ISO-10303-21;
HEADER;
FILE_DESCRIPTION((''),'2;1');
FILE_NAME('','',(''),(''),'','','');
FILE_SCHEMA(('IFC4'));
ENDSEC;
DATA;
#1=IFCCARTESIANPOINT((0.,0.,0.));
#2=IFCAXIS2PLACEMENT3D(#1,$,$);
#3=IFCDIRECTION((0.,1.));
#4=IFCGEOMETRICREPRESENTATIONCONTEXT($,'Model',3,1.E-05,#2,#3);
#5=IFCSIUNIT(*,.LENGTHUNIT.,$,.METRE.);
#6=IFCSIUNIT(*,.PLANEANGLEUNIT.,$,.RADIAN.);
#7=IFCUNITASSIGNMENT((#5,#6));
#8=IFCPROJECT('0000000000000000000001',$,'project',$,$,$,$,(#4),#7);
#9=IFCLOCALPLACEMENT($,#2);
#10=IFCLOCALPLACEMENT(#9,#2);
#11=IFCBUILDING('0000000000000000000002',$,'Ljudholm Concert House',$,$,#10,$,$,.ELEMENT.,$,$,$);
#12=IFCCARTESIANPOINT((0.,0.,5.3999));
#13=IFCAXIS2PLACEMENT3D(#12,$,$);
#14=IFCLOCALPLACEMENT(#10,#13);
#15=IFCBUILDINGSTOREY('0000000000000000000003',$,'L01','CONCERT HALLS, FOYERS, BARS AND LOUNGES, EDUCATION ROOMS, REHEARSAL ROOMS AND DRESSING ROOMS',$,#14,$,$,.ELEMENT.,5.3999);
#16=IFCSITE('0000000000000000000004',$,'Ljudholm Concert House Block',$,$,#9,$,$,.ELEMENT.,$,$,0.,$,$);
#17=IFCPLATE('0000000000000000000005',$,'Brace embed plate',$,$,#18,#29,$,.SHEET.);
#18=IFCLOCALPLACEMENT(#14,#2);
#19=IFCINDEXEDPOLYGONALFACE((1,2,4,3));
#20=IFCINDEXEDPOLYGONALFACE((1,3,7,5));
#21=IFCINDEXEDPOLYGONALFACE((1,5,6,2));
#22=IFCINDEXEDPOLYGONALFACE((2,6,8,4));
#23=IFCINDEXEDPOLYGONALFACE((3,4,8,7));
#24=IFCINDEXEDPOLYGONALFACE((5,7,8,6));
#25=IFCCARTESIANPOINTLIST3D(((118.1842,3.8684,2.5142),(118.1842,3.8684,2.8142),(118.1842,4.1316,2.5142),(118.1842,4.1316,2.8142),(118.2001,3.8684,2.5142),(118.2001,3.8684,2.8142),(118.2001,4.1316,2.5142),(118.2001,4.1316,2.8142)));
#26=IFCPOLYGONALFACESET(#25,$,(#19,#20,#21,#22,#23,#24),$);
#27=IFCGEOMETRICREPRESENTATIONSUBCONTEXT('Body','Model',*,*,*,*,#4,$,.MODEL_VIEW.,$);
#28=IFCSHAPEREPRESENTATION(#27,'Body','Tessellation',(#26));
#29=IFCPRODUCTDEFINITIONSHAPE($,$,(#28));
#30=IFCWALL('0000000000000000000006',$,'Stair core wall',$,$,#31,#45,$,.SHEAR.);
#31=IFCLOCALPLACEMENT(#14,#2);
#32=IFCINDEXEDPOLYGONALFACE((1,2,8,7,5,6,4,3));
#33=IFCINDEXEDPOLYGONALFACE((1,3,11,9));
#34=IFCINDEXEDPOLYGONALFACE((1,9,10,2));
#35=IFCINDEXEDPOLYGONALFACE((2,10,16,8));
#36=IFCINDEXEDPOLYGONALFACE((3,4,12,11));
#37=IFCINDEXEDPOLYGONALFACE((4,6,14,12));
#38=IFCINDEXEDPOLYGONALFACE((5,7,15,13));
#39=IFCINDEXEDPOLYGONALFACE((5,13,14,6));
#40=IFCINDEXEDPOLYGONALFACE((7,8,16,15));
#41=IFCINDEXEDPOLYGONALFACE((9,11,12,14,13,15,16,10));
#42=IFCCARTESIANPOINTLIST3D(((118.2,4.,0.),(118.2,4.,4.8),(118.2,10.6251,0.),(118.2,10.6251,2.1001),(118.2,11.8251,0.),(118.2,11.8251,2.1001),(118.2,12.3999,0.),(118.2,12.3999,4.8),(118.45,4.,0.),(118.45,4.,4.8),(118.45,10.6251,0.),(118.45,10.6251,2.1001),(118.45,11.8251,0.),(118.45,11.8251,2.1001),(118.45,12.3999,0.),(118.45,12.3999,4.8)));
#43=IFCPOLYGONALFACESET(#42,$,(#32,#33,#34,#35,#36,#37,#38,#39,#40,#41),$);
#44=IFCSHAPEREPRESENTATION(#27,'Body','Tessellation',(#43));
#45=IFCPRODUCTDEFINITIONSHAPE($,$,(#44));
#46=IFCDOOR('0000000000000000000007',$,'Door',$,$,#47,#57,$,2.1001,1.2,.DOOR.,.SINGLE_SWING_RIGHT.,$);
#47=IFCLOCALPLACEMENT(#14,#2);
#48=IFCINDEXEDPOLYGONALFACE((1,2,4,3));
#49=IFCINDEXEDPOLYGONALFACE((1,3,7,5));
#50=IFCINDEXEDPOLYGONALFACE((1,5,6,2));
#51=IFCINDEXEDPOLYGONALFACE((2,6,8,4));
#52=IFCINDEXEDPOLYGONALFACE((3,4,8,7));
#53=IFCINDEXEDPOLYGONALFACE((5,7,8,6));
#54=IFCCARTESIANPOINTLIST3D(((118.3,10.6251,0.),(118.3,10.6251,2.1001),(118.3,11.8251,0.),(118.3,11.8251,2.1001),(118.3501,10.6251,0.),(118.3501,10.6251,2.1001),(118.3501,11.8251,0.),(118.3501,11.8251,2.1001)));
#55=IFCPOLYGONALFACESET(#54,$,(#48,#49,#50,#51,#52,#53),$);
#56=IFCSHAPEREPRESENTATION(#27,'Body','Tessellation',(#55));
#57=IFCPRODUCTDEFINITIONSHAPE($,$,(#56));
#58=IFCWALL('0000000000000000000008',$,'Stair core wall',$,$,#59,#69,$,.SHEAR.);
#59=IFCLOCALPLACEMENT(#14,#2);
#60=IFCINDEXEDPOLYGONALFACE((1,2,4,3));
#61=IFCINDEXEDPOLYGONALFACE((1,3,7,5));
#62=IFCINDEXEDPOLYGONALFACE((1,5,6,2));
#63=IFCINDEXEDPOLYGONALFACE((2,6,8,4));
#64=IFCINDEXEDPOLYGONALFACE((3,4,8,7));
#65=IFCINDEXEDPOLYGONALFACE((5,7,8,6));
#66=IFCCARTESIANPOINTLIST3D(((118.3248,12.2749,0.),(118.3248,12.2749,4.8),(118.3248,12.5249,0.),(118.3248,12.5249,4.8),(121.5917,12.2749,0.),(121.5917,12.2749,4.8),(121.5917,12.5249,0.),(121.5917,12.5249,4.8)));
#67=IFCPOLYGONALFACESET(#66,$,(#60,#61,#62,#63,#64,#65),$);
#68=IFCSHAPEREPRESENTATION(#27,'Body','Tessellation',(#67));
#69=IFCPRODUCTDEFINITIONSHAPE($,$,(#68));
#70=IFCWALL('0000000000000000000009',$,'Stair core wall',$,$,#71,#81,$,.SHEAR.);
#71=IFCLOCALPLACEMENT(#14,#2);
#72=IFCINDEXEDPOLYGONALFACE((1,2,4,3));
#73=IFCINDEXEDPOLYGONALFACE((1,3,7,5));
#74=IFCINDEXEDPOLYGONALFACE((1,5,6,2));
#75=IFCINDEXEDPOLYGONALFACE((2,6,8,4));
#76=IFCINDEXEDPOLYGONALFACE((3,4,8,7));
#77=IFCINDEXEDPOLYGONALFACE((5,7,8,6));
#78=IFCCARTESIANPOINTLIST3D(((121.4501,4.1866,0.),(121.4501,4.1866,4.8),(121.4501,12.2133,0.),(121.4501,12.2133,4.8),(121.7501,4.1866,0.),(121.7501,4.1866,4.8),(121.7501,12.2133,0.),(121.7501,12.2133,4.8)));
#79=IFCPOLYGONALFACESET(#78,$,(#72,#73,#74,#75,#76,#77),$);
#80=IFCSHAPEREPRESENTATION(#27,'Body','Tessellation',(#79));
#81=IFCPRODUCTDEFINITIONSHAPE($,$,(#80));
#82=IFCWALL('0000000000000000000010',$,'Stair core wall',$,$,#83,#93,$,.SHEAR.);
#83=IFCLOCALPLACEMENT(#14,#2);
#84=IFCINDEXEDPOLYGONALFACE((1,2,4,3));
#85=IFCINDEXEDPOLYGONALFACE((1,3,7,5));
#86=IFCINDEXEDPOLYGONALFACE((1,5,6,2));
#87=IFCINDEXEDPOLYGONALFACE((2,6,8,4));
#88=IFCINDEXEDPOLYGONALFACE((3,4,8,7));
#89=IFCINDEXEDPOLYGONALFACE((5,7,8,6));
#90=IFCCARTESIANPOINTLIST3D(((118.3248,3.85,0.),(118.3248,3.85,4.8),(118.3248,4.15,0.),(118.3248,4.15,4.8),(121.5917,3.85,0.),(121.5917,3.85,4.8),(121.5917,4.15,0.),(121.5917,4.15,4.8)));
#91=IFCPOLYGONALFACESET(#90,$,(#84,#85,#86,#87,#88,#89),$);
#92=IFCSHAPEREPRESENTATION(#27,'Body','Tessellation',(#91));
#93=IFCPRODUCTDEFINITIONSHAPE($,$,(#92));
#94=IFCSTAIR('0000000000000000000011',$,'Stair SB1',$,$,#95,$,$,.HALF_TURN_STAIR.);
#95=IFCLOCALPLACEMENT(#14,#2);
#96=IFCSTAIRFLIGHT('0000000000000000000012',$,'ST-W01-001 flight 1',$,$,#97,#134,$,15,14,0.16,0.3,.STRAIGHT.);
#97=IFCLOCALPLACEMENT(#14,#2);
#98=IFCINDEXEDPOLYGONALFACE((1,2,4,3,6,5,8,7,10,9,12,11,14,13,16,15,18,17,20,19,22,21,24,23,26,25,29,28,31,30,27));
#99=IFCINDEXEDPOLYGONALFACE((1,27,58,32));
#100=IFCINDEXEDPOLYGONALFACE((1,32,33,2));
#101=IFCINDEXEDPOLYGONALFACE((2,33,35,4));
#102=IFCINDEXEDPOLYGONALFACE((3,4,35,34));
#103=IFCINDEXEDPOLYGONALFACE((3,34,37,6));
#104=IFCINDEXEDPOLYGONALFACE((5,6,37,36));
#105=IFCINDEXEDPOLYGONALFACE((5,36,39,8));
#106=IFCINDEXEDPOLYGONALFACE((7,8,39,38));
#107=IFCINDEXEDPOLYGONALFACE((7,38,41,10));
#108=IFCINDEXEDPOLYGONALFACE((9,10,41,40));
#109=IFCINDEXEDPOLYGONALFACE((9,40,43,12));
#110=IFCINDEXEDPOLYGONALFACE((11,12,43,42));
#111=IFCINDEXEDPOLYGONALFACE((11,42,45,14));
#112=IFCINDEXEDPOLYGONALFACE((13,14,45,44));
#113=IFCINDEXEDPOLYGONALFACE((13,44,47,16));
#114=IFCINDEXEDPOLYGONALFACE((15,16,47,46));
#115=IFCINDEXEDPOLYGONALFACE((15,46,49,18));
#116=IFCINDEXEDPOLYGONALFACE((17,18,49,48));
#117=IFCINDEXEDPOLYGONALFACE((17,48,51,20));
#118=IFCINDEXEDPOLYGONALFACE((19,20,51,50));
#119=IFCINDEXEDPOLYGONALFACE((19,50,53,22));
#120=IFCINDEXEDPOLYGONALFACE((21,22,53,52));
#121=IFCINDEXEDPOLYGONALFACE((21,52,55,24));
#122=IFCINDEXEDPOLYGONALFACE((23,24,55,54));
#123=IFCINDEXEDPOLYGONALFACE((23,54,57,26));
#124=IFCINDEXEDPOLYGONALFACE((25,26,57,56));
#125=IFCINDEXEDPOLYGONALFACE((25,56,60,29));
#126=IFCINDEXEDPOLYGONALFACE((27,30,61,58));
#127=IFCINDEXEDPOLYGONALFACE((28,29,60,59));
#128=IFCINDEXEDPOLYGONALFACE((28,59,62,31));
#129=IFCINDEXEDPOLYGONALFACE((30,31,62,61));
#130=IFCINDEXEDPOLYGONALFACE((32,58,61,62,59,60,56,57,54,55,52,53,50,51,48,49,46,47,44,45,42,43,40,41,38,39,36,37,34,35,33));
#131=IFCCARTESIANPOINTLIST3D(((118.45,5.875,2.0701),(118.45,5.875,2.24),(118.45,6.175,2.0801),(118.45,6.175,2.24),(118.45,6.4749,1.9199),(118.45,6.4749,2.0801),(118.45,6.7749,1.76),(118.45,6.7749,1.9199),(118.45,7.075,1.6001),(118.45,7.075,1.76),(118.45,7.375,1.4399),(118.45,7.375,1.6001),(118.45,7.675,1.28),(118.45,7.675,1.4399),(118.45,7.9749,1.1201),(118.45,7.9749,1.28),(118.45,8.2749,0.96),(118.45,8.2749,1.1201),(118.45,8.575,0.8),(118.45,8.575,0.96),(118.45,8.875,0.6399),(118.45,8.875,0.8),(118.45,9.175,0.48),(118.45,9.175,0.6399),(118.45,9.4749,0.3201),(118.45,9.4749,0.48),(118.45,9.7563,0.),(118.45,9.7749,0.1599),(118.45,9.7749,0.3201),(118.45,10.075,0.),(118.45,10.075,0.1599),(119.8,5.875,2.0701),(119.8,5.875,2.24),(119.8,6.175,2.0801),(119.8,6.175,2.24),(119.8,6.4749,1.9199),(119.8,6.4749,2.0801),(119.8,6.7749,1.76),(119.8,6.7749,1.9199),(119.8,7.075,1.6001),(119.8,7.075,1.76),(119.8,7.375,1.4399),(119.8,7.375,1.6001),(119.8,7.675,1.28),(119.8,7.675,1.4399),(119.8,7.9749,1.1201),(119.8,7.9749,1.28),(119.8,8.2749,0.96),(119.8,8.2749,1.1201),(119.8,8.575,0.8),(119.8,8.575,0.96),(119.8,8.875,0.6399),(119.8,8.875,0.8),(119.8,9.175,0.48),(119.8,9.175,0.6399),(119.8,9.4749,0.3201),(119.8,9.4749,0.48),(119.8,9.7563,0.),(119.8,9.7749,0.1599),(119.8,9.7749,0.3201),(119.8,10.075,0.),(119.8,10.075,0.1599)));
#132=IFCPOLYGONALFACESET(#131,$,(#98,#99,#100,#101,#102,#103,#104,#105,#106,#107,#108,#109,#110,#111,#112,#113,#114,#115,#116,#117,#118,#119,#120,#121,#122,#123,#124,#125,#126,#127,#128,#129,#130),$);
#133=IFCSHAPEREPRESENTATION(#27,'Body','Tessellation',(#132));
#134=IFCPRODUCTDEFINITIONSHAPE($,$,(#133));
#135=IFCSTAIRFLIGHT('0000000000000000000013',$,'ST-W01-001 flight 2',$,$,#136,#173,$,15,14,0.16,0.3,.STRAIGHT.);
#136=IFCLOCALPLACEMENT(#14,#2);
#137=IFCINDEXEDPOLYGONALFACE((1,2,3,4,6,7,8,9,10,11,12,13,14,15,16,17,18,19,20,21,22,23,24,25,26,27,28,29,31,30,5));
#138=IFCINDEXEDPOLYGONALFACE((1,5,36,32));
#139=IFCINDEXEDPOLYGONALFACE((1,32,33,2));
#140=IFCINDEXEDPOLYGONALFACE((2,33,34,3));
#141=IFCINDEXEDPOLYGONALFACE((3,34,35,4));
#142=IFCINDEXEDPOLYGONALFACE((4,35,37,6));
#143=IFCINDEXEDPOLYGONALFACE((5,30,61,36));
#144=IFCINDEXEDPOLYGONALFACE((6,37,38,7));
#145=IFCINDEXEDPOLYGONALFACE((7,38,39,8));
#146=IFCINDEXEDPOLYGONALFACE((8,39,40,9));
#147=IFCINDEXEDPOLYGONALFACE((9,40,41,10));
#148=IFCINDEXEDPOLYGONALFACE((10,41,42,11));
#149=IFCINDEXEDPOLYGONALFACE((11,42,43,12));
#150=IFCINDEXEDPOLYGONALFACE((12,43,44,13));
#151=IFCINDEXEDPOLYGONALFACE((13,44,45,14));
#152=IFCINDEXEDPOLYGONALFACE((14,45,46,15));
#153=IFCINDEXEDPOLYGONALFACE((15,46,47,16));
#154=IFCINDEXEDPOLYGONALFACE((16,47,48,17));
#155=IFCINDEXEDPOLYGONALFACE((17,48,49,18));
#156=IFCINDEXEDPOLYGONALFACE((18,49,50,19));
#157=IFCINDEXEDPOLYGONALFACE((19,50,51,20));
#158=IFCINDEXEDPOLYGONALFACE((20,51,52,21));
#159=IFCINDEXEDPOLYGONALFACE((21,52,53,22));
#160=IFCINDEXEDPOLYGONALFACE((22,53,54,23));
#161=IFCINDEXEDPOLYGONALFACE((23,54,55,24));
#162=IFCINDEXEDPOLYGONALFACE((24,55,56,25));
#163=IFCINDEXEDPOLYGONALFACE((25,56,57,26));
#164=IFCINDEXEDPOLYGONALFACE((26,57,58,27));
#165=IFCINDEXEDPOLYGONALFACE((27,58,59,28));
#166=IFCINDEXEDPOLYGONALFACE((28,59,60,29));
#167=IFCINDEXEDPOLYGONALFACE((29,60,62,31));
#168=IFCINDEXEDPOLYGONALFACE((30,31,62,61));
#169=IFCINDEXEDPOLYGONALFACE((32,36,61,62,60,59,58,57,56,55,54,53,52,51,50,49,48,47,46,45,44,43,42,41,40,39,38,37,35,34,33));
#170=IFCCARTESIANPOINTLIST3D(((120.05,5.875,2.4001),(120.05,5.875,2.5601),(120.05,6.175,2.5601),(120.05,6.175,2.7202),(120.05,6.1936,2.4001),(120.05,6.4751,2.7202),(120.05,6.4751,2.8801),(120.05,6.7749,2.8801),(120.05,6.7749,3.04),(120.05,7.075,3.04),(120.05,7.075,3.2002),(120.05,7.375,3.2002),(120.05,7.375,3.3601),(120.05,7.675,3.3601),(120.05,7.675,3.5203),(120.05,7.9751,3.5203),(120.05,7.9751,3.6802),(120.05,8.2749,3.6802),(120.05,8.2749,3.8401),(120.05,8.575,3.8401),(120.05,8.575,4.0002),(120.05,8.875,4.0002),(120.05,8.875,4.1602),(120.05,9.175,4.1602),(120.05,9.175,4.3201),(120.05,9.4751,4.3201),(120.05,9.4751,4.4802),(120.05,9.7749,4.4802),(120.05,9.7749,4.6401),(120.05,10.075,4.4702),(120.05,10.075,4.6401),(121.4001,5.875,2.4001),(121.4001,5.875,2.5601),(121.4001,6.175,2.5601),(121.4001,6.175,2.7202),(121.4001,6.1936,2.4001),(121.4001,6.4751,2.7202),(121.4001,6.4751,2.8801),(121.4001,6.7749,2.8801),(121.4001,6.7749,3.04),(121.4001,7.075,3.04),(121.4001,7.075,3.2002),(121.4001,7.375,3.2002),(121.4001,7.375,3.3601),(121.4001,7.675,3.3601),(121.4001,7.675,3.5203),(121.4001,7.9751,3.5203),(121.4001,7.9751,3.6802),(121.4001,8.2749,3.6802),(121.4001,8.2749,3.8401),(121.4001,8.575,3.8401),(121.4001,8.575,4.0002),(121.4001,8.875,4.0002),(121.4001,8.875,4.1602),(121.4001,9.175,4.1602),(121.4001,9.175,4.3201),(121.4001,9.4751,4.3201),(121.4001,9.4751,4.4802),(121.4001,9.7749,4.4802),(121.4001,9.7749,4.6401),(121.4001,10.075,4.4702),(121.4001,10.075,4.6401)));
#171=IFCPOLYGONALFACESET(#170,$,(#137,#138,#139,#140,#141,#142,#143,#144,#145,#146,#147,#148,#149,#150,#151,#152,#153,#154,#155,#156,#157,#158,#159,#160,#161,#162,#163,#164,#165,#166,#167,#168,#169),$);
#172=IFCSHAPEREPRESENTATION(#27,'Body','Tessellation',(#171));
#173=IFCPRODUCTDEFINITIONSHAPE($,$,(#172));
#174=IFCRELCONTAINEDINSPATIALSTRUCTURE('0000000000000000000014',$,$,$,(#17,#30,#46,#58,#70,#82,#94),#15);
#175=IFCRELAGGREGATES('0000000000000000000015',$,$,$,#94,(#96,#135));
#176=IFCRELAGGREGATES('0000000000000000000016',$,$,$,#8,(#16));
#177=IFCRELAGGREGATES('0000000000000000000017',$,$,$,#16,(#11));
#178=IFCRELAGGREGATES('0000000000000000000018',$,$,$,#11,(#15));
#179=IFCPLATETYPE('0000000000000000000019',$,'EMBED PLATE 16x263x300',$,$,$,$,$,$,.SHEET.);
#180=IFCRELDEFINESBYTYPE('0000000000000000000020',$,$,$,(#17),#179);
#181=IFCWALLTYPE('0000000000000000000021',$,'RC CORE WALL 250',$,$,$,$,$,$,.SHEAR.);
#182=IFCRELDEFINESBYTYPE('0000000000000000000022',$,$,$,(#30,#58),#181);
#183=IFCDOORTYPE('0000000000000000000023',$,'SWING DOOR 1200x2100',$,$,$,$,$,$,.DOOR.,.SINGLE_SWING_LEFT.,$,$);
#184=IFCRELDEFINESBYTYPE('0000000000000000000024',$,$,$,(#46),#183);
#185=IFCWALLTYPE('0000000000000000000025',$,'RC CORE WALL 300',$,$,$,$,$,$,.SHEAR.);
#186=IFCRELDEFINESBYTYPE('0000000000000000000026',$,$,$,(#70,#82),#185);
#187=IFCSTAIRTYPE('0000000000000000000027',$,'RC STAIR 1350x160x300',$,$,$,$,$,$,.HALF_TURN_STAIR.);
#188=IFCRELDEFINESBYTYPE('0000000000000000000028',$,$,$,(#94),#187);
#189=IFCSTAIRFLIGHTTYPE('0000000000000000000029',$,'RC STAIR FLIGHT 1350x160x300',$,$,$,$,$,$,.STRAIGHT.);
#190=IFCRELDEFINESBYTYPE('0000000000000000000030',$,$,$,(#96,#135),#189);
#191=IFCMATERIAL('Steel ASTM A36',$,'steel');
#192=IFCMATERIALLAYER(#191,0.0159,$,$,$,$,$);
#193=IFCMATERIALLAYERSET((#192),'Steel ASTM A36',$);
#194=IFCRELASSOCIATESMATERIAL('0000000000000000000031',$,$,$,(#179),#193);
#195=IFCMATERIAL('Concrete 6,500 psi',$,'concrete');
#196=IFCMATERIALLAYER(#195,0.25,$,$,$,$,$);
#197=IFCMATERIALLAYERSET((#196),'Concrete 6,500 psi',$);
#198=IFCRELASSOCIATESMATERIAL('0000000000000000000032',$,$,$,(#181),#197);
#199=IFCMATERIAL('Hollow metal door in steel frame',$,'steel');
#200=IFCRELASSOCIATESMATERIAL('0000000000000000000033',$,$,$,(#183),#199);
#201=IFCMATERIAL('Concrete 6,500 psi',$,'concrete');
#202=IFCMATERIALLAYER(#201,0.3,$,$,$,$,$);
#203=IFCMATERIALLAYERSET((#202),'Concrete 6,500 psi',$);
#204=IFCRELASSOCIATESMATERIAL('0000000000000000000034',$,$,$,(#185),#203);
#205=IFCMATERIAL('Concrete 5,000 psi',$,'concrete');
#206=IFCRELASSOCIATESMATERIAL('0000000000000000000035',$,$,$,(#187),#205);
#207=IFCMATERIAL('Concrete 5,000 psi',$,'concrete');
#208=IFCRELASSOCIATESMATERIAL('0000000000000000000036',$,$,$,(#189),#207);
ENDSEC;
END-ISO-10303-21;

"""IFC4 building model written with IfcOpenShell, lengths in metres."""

from ifc_helpers import new_model, si_unit, direction, frame, frame_2d, origin, origin_2d, place, context, subcontext, project, spatial, polyline, rectangle, outline, extrude, material, layer, layer_set, type_object, element, fill, aggregate, save


model = new_model("IFC4")

# Units and contexts
model_context = context("Model", 3, precision=1e-05, world=origin(), true_north=direction((0.0, 1.0)))
body_context = subcontext(model_context, "Body", "Model", "MODEL_VIEW")
ifc_project = project(units=[si_unit("LENGTHUNIT", "METRE"), si_unit("PLANEANGLEUNIT", "RADIAN")], contexts=[model_context])

# Site, building, storey
site_placement = place(None, origin())
site = spatial("IfcSite", under=ifc_project, at=site_placement, Name="Ljudholm Concert House Block", CompositionType="ELEMENT", RefElevation=0.0)
building_placement = place(site_placement, origin())
building = spatial("IfcBuilding", under=site, at=building_placement, Name="Ljudholm Concert House", CompositionType="ELEMENT")
storey_placement = place(building_placement, frame((0.0, 0.0, 5.3999)))
storey = spatial("IfcBuildingStorey", under=building, at=storey_placement, Name="L01", Description="CONCERT HALLS, FOYERS, BARS AND LOUNGES, EDUCATION ROOMS, REHEARSAL ROOMS AND DRESSING ROOMS", CompositionType="ELEMENT", Elevation=5.3999)

# Plate
ifc_material_1 = material(Name="Steel ASTM A36", Category="steel")
ifc_layer_1 = layer(ifc_material_1, 0.0159)
ifc_layer_set_1 = layer_set([ifc_layer_1], Name="Steel ASTM A36")
plate_type = type_object("IfcPlateType", Name="EMBED PLATE 16x263x300", PredefinedType="SHEET", material=ifc_layer_set_1)
plate_placement = place(storey_placement, frame((118.1921, 4.0, 2.5142), z_axis=(0.0, 0.0, 1.0), x_axis=(1.0, 0.0, 0.0)))
element("IfcPlate", 1, at=plate_placement, inside=storey, type_object=plate_type, Name="Brace embed plate", PredefinedType="SHEET", context=body_context, shape_type="SweptSolid", body=[
    extrude(rectangle(XDim=0.0159, YDim=0.2632, at=origin_2d()), origin(), (0.0, 0.0, 1.0), 0.3),
])

# Wall, opening, door
ifc_material_2 = material(Name="Concrete 6,500 psi", Category="concrete")
ifc_layer_2 = layer(ifc_material_2, 0.25)
ifc_layer_set_2 = layer_set([ifc_layer_2], Name="Concrete 6,500 psi")
wall_type_1 = type_object("IfcWallType", Name="RC CORE WALL 250", PredefinedType="SHEAR", material=ifc_layer_set_2)
wall_1_placement = place(storey_placement, frame((118.325, 4.0, 0.0), z_axis=(0.0, 0.0, 1.0), x_axis=(0.0, 1.0, 0.0)))
wall_1 = element("IfcWall", 2, at=wall_1_placement, inside=storey, type_object=wall_type_1, Name="Stair core wall", PredefinedType="SHEAR", context=body_context, shape_type="SweptSolid", body=[
    extrude(rectangle(XDim=8.3999, YDim=0.25, at=frame_2d((4.2, 0.0))), origin(), (0.0, 0.0, 1.0), 4.8),
])
opening_placement = place(wall_1_placement, frame((6.625, 0.0, 0.0)))
opening = element("IfcOpeningElement", 3, at=opening_placement, cuts=wall_1, PredefinedType="OPENING", context=body_context, shape_type="SweptSolid", body=[
    extrude(rectangle(XDim=1.2, YDim=2.1001, at=frame_2d((0.6001, 1.05))), frame((0.0, 0.135, 0.0), z_axis=(0.0, -1.0, 0.0), x_axis=(1.0, 0.0, 0.0)), (0.0, 0.0, 1.0), 0.27),
])
ifc_material_3 = material(Name="Hollow metal door in steel frame", Category="steel")
door_type = type_object("IfcDoorType", Name="SWING DOOR 1200x2100", OperationType="SINGLE_SWING_LEFT", PredefinedType="DOOR", material=ifc_material_3)
door_placement = place(opening_placement, origin())
door = element("IfcDoor", 4, at=door_placement, inside=storey, type_object=door_type, Name="Door", OperationType="SINGLE_SWING_RIGHT", OverallHeight=2.1001, OverallWidth=1.2, PredefinedType="DOOR", context=body_context, shape_type="SweptSolid", body=[
    extrude(rectangle(XDim=1.2, YDim=2.1001, at=frame_2d((0.6001, 1.05))), frame((0.0, 0.0249, 0.0), z_axis=(0.0, -1.0, 0.0), x_axis=(1.0, 0.0, 0.0)), (0.0, 0.0, 1.0), 0.05),
])
fill(opening, door)

# Walls
wall_2_placement = place(storey_placement, frame((118.325, 12.3999, 0.0), z_axis=(0.0, 0.0, 1.0), x_axis=(1.0, 0.0, 0.0)))
element("IfcWall", 5, at=wall_2_placement, inside=storey, type_object=wall_type_1, Name="Stair core wall", PredefinedType="SHEAR", context=body_context, shape_type="SweptSolid", body=[
    extrude(rectangle(XDim=3.2668, YDim=0.25, at=frame_2d((1.6333, 0.0))), origin(), (0.0, 0.0, 1.0), 4.8),
])
ifc_material_4 = material(Name="Concrete 6,500 psi", Category="concrete")
ifc_layer_3 = layer(ifc_material_4, 0.3)
ifc_layer_set_3 = layer_set([ifc_layer_3], Name="Concrete 6,500 psi")
wall_type_2 = type_object("IfcWallType", Name="RC CORE WALL 300", PredefinedType="SHEAR", material=ifc_layer_set_3)
wall_3_placement = place(storey_placement, frame((121.6001, 4.1868, 0.0), z_axis=(0.0, 0.0, 1.0), x_axis=(0.0, 1.0, 0.0)))
element("IfcWall", 6, at=wall_3_placement, inside=storey, type_object=wall_type_2, Name="Stair core wall", PredefinedType="SHEAR", context=body_context, shape_type="SweptSolid", body=[
    extrude(rectangle(XDim=8.0266, YDim=0.3, at=frame_2d((4.0132, 0.0))), origin(), (0.0, 0.0, 1.0), 4.8),
])
wall_4_placement = place(storey_placement, frame((118.325, 4.0, 0.0), z_axis=(0.0, 0.0, 1.0), x_axis=(1.0, 0.0, 0.0)))
element("IfcWall", 7, at=wall_4_placement, inside=storey, type_object=wall_type_2, Name="Stair core wall", PredefinedType="SHEAR", context=body_context, shape_type="SweptSolid", body=[
    extrude(rectangle(XDim=3.2668, YDim=0.3, at=frame_2d((1.6333, 0.0))), origin(), (0.0, 0.0, 1.0), 4.8),
])

# Stair, stair flights
ifc_material_5 = material(Name="Concrete 5,000 psi", Category="concrete")
stair_type = type_object("IfcStairType", Name="RC STAIR 1350x160x300", PredefinedType="HALF_TURN_STAIR", material=ifc_material_5)
stair_placement = place(storey_placement, origin())
stair = element("IfcStair", 8, at=stair_placement, inside=storey, type_object=stair_type, Name="Stair SB1", PredefinedType="HALF_TURN_STAIR")
ifc_material_6 = material(Name="Concrete 5,000 psi", Category="concrete")
stair_flight_type = type_object("IfcStairFlightType", Name="RC STAIR FLIGHT 1350x160x300", PredefinedType="STRAIGHT", material=ifc_material_6)
stair_flight_1_placement = place(storey_placement, frame((119.125, 10.075, 0.0), z_axis=(0.0, 0.0, 1.0), x_axis=(0.0, -1.0, 0.0)))
stair_flight_1 = element("IfcStairFlight", 9, at=stair_flight_1_placement, type_object=stair_flight_type, Name="ST-W01-001 flight 1", NumberOfRisers=15, NumberOfTreads=14, PredefinedType="STRAIGHT", RiserHeight=0.16, TreadLength=0.3, context=body_context, shape_type="SweptSolid", body=[
    extrude(outline(polyline([(0.0, 0.0), (0.0, 0.1599), (0.3, 0.1599), (0.3, 0.3201), (0.6001, 0.3201), (0.6001, 0.48), (0.8999, 0.48), (0.8999, 0.6399), (1.2, 0.6399), (1.2, 0.8), (1.5, 0.8), (1.5, 0.96), (1.8, 0.96), (1.8, 1.1201), (2.1001, 1.1201), (2.1001, 1.28), (2.3999, 1.28), (2.3999, 1.4399), (2.7, 1.4399), (2.7, 1.6001), (3.0, 1.6001), (3.0, 1.76), (3.3, 1.76), (3.3, 1.9199), (3.6001, 1.9199), (3.6001, 2.0801), (3.8999, 2.0801), (3.8999, 2.24), (4.2, 2.24), (4.2, 2.3999), (4.2, 2.0701), (0.3186, 0.0), (0.0, 0.0)])), frame((0.0, 0.675, 0.0), z_axis=(0.0, -1.0, 0.0), x_axis=(1.0, 0.0, 0.0)), (0.0, 0.0, 1.0), 1.3501),
])
stair_flight_2_placement = place(storey_placement, frame((120.7251, 5.875, 2.4001), z_axis=(0.0, 0.0, 1.0), x_axis=(0.0, 1.0, 0.0)))
stair_flight_2 = element("IfcStairFlight", 10, at=stair_flight_2_placement, type_object=stair_flight_type, Name="ST-W01-001 flight 2", NumberOfRisers=15, NumberOfTreads=14, PredefinedType="STRAIGHT", RiserHeight=0.16, TreadLength=0.3, context=body_context, shape_type="SweptSolid", body=[
    extrude(outline(polyline([(0.0, 0.0), (0.0, 0.1599), (0.3, 0.1599), (0.3, 0.3201), (0.6001, 0.3201), (0.6001, 0.48), (0.8999, 0.48), (0.8999, 0.6399), (1.2, 0.6399), (1.2, 0.8), (1.5, 0.8), (1.5, 0.96), (1.8, 0.96), (1.8, 1.1201), (2.1001, 1.1201), (2.1001, 1.28), (2.3999, 1.28), (2.3999, 1.4399), (2.7, 1.4399), (2.7, 1.6001), (3.0, 1.6001), (3.0, 1.76), (3.3, 1.76), (3.3, 1.9199), (3.6001, 1.9199), (3.6001, 2.0801), (3.8999, 2.0801), (3.8999, 2.24), (4.2, 2.24), (4.2, 2.3999), (4.2, 2.0701), (0.3186, 0.0), (0.0, 0.0)])), frame((0.0, 0.675, 0.0), z_axis=(0.0, -1.0, 0.0), x_axis=(1.0, 0.0, 0.0)), (0.0, 0.0, 1.0), 1.3501),
])
aggregate(stair, [stair_flight_1, stair_flight_2])

save(model, "model.ifc")
